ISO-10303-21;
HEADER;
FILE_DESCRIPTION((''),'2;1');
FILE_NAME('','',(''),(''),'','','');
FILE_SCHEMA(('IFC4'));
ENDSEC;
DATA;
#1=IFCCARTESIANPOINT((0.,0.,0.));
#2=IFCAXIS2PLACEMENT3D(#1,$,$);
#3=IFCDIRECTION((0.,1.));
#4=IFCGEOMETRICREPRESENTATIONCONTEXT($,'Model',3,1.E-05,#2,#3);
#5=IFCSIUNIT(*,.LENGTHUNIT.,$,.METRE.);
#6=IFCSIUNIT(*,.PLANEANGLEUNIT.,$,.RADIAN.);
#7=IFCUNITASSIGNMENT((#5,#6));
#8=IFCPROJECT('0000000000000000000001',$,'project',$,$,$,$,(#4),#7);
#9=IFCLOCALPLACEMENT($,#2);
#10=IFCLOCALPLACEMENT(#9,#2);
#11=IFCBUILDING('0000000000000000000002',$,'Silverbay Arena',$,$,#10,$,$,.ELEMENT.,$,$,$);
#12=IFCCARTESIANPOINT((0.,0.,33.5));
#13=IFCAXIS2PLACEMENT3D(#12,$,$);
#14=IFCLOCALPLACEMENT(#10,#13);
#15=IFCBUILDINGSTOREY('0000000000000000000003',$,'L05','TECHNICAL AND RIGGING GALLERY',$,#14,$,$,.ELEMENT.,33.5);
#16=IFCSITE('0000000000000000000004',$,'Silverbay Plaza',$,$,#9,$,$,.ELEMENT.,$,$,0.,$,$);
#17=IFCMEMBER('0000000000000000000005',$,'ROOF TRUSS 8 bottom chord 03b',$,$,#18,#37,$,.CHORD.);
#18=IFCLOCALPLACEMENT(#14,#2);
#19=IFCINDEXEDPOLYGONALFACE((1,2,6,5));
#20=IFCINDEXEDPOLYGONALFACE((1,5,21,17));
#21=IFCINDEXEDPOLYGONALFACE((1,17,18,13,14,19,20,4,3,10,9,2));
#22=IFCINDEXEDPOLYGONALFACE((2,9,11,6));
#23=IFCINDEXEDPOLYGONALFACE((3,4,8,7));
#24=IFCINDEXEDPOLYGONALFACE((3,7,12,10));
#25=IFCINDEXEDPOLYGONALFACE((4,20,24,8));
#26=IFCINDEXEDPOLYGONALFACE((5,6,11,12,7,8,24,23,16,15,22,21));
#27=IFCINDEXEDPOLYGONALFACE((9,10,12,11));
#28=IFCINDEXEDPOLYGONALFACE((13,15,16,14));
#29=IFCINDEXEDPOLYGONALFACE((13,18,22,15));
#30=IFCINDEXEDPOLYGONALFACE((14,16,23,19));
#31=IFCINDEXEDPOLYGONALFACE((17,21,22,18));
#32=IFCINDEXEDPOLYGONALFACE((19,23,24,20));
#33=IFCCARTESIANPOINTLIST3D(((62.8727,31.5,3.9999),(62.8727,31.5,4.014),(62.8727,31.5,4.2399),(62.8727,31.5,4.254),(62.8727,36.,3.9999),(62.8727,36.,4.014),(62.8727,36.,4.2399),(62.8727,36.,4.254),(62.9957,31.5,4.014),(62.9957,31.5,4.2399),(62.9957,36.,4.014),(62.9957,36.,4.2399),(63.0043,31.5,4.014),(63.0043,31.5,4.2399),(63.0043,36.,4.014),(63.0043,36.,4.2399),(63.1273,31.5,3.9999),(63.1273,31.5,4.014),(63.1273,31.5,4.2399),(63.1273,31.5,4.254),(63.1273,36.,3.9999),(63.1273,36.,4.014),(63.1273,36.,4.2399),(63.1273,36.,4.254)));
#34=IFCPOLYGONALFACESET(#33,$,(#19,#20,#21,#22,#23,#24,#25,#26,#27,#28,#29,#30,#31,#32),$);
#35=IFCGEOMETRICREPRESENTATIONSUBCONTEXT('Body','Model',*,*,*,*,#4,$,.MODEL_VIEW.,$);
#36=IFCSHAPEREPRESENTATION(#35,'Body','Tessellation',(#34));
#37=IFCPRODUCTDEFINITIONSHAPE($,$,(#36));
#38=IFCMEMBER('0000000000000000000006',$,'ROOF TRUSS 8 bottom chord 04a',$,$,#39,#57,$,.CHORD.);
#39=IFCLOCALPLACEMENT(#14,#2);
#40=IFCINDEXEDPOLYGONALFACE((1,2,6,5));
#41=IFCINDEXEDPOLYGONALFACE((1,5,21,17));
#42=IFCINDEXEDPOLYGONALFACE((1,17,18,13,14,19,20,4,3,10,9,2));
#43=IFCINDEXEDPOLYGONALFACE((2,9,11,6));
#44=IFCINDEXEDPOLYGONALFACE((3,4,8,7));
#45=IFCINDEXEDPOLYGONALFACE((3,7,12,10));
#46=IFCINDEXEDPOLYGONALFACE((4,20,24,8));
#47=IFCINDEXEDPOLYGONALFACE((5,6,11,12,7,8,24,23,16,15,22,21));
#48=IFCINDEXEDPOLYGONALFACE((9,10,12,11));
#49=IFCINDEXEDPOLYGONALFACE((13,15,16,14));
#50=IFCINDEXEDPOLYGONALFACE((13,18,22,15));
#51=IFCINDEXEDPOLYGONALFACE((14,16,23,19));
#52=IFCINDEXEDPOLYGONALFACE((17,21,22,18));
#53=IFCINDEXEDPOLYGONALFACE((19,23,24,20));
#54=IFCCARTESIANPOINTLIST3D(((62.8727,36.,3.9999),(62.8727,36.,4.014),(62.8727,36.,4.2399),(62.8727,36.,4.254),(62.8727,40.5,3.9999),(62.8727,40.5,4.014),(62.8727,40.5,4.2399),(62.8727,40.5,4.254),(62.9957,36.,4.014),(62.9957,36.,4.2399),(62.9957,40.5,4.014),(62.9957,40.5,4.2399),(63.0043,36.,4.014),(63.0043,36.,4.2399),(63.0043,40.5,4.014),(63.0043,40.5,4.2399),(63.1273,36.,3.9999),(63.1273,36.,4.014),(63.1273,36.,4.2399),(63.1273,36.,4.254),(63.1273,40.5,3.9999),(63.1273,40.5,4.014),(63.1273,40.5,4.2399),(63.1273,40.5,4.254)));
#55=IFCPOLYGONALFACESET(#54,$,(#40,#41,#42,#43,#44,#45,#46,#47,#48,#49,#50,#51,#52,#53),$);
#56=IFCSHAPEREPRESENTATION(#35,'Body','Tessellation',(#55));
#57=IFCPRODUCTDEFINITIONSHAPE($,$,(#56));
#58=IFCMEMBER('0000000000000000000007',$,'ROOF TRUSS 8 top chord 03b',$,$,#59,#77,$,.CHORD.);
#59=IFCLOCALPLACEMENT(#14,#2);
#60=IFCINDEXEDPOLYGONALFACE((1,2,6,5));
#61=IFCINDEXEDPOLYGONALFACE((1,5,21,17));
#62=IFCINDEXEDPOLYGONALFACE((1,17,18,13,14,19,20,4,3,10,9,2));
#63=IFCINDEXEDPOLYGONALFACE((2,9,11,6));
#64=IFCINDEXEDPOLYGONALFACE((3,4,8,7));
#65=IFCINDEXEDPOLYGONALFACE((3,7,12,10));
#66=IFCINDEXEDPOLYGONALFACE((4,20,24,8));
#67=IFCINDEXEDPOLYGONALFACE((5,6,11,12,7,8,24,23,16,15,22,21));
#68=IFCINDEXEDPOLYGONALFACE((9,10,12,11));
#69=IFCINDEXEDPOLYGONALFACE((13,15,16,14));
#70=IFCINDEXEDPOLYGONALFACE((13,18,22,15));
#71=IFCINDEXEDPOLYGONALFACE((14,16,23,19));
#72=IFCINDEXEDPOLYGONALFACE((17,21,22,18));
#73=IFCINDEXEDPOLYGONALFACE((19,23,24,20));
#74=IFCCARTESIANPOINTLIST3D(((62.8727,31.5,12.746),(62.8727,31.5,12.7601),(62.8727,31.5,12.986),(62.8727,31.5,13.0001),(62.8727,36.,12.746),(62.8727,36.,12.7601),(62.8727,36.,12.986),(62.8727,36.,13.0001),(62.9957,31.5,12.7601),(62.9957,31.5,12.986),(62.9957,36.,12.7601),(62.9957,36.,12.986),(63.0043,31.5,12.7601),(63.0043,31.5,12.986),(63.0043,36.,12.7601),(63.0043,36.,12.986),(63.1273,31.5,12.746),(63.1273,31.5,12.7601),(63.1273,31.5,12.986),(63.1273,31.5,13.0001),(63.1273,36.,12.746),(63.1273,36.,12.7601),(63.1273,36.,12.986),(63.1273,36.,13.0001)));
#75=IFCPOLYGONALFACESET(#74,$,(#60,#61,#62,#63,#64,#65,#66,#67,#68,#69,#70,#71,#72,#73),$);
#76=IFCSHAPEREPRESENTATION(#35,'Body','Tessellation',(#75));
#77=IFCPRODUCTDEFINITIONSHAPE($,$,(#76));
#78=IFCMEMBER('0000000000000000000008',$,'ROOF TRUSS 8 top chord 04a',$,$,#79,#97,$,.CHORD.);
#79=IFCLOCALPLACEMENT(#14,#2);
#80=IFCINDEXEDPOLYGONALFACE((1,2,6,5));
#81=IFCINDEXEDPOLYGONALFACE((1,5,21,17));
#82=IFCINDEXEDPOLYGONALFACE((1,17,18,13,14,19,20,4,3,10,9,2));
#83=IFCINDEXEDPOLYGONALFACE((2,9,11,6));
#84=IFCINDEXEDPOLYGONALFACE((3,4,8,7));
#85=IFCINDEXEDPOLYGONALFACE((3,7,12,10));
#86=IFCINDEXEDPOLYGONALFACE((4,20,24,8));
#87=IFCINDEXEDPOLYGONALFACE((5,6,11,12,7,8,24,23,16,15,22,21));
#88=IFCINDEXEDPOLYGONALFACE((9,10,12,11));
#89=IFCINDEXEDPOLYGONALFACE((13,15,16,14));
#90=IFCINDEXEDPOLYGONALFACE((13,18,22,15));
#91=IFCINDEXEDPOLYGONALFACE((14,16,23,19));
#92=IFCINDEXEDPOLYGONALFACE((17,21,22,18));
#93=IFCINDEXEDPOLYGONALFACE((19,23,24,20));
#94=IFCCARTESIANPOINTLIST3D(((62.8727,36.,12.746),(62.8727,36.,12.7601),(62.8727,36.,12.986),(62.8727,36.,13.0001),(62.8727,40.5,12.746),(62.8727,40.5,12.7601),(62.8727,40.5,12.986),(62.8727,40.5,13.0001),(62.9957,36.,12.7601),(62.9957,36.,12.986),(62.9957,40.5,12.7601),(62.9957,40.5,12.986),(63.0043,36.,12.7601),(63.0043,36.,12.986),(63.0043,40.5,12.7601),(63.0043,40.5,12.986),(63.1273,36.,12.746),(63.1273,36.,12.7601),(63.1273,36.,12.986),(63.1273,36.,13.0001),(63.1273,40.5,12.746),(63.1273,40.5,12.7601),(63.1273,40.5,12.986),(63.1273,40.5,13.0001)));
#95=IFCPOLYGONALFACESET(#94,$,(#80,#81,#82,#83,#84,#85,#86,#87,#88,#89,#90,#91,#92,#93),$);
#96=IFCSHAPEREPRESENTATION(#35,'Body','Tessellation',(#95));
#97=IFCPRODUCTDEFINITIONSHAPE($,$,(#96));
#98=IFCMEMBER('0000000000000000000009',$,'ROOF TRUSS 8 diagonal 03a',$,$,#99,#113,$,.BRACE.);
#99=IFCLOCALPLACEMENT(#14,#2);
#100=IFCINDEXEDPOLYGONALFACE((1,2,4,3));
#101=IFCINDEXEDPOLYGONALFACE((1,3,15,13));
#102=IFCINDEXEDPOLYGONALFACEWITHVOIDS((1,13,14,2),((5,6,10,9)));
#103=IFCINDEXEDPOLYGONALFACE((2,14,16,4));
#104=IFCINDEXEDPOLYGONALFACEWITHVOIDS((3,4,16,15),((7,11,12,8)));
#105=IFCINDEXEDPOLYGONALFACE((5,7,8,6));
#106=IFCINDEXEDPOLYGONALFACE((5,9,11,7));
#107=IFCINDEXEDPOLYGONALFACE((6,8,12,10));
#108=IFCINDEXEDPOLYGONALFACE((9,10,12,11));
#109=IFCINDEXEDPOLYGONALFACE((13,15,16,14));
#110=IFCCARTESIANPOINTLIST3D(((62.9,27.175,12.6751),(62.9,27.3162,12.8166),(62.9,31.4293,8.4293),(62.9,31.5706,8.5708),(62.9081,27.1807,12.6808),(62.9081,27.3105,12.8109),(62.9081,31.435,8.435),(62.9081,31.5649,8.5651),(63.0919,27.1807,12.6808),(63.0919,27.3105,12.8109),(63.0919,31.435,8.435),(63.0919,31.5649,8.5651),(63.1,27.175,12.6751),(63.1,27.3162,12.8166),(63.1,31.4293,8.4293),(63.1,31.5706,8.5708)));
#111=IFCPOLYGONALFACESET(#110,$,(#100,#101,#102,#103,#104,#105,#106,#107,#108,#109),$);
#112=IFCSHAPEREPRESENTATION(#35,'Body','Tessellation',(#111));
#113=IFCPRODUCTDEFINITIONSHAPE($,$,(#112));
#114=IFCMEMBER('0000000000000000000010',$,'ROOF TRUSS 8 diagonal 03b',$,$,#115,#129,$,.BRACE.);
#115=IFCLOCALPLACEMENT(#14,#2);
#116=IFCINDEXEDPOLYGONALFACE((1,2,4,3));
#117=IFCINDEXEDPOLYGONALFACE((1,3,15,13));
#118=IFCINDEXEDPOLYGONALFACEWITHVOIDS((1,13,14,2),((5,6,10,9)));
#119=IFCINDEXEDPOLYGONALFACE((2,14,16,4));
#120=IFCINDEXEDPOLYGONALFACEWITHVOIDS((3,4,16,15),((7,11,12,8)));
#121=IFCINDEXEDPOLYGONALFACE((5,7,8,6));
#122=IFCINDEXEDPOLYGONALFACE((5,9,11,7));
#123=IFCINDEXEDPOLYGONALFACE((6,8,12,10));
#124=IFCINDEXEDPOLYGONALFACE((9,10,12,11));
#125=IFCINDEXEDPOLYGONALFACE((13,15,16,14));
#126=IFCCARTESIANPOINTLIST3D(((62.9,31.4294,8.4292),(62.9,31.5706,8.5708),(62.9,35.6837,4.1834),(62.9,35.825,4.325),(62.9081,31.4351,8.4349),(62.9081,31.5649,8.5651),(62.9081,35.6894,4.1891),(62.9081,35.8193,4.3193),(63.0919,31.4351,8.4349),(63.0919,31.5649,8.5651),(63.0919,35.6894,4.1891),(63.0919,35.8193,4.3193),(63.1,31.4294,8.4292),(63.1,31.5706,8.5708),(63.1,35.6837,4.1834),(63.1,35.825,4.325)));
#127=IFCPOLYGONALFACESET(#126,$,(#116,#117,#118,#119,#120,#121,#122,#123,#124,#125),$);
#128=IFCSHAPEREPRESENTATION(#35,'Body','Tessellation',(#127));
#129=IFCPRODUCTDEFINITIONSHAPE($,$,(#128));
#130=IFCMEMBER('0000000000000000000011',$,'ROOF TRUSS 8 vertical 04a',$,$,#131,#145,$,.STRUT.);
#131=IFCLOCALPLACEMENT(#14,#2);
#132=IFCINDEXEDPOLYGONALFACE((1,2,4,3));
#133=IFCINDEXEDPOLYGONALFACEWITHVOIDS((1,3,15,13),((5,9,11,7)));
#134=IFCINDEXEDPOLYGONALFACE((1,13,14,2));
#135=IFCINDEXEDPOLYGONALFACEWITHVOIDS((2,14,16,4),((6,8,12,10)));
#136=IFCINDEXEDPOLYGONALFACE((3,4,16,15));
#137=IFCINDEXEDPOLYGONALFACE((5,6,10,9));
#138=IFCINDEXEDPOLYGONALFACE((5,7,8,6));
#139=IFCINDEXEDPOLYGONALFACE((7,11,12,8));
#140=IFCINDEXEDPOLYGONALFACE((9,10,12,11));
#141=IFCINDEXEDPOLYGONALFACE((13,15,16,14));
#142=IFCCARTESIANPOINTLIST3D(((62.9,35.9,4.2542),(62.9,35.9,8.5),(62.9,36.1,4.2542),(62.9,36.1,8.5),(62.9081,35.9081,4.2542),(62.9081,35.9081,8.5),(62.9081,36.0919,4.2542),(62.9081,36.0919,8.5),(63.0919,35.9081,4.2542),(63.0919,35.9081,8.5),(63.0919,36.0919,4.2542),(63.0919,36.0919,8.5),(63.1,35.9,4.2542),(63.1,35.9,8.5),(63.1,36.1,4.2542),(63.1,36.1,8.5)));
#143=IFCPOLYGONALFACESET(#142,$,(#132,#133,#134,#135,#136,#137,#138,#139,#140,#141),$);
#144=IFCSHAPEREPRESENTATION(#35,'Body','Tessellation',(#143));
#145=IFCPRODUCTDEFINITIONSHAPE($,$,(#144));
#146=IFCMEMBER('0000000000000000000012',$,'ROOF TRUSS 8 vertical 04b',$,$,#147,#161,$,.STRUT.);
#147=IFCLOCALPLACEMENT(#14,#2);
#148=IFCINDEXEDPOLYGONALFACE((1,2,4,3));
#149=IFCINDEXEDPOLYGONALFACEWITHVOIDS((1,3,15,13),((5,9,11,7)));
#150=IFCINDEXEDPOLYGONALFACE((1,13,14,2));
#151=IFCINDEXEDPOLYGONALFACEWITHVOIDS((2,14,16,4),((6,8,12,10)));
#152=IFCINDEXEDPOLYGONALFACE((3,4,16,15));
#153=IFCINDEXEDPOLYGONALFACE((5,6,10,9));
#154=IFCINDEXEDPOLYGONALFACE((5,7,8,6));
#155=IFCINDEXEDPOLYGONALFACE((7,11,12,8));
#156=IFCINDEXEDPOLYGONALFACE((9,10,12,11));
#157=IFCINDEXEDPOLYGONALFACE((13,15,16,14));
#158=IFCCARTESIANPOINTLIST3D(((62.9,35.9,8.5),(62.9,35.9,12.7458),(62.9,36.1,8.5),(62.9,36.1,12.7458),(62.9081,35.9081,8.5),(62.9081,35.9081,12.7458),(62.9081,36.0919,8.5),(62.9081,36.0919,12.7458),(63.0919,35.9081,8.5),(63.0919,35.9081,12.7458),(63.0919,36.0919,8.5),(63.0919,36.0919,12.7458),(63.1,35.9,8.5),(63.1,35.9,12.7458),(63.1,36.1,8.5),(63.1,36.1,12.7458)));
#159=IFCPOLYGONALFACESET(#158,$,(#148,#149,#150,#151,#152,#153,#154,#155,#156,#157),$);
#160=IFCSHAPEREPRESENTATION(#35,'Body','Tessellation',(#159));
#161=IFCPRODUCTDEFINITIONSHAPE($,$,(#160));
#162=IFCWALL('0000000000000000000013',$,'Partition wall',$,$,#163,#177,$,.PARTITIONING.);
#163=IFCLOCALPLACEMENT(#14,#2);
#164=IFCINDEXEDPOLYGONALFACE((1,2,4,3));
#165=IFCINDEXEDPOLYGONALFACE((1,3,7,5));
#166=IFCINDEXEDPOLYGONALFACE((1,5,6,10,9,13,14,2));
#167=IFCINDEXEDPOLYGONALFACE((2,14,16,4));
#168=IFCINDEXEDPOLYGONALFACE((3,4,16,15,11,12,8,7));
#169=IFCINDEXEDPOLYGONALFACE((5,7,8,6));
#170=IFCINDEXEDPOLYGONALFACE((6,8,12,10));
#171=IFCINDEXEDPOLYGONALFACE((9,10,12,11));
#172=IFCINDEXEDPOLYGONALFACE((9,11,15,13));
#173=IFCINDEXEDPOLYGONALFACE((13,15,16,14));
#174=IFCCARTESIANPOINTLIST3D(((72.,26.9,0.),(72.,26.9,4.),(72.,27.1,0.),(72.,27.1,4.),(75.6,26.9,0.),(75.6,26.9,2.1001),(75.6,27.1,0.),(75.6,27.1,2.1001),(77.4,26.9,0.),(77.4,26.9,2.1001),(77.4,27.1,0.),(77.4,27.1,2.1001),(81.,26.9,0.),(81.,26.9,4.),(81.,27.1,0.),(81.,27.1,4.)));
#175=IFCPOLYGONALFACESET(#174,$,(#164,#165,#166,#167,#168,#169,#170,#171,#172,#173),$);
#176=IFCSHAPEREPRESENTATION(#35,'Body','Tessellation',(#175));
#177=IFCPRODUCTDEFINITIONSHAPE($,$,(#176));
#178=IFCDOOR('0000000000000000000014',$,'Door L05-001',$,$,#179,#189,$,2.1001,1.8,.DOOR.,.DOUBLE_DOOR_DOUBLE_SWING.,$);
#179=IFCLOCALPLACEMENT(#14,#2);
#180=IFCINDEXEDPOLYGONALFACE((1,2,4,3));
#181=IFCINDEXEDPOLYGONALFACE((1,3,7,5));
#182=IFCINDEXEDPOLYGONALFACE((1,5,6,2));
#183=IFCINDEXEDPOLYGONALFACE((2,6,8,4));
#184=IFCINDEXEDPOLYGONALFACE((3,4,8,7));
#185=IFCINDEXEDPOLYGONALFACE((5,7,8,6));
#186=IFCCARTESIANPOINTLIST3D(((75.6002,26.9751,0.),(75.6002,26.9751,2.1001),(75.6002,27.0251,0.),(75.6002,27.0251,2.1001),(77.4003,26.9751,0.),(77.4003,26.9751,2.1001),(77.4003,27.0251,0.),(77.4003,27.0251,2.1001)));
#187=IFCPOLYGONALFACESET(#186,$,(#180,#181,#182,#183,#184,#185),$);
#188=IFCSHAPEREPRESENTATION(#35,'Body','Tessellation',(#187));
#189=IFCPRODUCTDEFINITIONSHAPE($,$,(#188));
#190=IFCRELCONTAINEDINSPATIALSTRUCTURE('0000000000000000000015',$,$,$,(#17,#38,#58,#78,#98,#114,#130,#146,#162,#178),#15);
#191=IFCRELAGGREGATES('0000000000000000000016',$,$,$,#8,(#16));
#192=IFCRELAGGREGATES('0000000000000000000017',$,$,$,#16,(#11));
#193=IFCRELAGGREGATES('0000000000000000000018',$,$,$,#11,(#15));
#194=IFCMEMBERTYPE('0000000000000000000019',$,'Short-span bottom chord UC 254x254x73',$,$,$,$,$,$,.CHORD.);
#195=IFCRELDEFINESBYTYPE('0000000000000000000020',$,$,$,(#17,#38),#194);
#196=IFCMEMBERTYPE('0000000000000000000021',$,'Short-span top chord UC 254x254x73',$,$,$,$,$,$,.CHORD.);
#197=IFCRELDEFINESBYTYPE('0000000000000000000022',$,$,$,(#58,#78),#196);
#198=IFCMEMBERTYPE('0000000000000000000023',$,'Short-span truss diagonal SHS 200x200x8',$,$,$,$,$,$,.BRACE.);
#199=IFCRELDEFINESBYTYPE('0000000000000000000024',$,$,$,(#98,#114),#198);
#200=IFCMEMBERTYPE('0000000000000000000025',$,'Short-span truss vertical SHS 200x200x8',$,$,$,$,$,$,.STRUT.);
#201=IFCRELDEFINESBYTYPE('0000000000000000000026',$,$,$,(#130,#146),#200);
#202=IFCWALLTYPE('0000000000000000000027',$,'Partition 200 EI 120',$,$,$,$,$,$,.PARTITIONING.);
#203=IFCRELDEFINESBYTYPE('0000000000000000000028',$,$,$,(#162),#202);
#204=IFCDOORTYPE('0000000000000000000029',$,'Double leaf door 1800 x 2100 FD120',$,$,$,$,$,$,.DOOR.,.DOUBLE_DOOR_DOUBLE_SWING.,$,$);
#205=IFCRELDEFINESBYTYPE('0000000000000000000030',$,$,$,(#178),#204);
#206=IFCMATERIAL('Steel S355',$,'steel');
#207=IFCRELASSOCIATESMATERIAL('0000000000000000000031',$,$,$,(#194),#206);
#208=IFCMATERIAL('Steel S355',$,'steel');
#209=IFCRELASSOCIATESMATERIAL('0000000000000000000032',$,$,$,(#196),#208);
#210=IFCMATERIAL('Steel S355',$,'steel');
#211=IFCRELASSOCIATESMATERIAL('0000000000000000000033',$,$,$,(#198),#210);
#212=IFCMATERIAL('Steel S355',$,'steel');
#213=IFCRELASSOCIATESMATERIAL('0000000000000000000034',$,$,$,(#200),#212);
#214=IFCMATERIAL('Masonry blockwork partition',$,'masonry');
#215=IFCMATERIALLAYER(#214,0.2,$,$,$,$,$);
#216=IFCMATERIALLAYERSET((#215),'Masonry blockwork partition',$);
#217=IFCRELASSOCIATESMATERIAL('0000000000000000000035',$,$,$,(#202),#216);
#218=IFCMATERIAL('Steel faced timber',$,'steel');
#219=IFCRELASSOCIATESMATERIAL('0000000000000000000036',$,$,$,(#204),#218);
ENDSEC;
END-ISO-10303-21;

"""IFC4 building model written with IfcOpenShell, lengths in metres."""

from ifc_helpers import new_model, si_unit, direction, frame, frame_2d, origin, origin_2d, place, context, subcontext, project, spatial, rectangle, hollow_rectangle, i_section, extrude, material, layer, layer_set, material_profile, profile_set, type_object, element, fill, save


model = new_model("IFC4")

# Units and contexts
model_context = context("Model", 3, precision=1e-05, world=origin(), true_north=direction((0.0, 1.0)))
body_context = subcontext(model_context, "Body", "Model", "MODEL_VIEW")
ifc_project = project(units=[si_unit("LENGTHUNIT", "METRE"), si_unit("PLANEANGLEUNIT", "RADIAN")], contexts=[model_context])

# Site, building, storey
site_placement = place(None, origin())
site = spatial("IfcSite", under=ifc_project, at=site_placement, Name="Silverbay Plaza", CompositionType="ELEMENT", RefElevation=0.0)
building_placement = place(site_placement, origin())
building = spatial("IfcBuilding", under=site, at=building_placement, Name="Silverbay Arena", CompositionType="ELEMENT")
storey_placement = place(building_placement, frame((0.0, 0.0, 33.5)))
storey = spatial("IfcBuildingStorey", under=building, at=storey_placement, Name="L05", Description="TECHNICAL AND RIGGING GALLERY", CompositionType="ELEMENT", Elevation=33.5)

# Members
ifc_material_1 = material(Name="Steel S355", Category="steel")
ifc_material_profile_1 = material_profile(ifc_material_1, i_section(OverallWidth=0.2546, OverallDepth=0.2542, WebThickness=0.0085, FlangeThickness=0.0142, at=origin_2d()), Name="UC 254x254x73")
ifc_profile_set_1 = profile_set([ifc_material_profile_1], Name="Steel S355")
member_type_1 = type_object("IfcMemberType", Name="Short-span bottom chord UC 254x254x73", PredefinedType="CHORD", material=ifc_profile_set_1)
for number, where, z_axis, x_axis, name in (
    (1, (63.0, 31.5, 4.127), (0.0, 1.0, 0.0), (-1.0, 0.0, 0.0), "ROOF TRUSS 8 bottom chord 03b"),
    (2, (63.0, 36.0, 4.127), (0.0, 1.0, 0.0), (-1.0, 0.0, 0.0), "ROOF TRUSS 8 bottom chord 04a"),
):
    element("IfcMember", number, at=place(storey_placement, frame(where, z_axis=z_axis, x_axis=x_axis)), inside=storey, type_object=member_type_1, Name=name, PredefinedType="CHORD", context=body_context, shape_type="SweptSolid", body=[
        extrude(i_section(OverallWidth=0.2546, OverallDepth=0.2542, WebThickness=0.0085, FlangeThickness=0.0142, at=origin_2d()), origin(), (0.0, 0.0, 1.0), 4.5),
    ])
ifc_material_2 = material(Name="Steel S355", Category="steel")
ifc_material_profile_2 = material_profile(ifc_material_2, i_section(OverallWidth=0.2546, OverallDepth=0.2542, WebThickness=0.0085, FlangeThickness=0.0142, at=origin_2d()), Name="UC 254x254x73")
ifc_profile_set_2 = profile_set([ifc_material_profile_2], Name="Steel S355")
member_type_2 = type_object("IfcMemberType", Name="Short-span top chord UC 254x254x73", PredefinedType="CHORD", material=ifc_profile_set_2)
for number, where, z_axis, x_axis, name in (
    (3, (63.0, 31.5, 12.873), (0.0, 1.0, 0.0), (-1.0, 0.0, 0.0), "ROOF TRUSS 8 top chord 03b"),
    (4, (63.0, 36.0, 12.873), (0.0, 1.0, 0.0), (-1.0, 0.0, 0.0), "ROOF TRUSS 8 top chord 04a"),
):
    element("IfcMember", number, at=place(storey_placement, frame(where, z_axis=z_axis, x_axis=x_axis)), inside=storey, type_object=member_type_2, Name=name, PredefinedType="CHORD", context=body_context, shape_type="SweptSolid", body=[
        extrude(i_section(OverallWidth=0.2546, OverallDepth=0.2542, WebThickness=0.0085, FlangeThickness=0.0142, at=origin_2d()), origin(), (0.0, 0.0, 1.0), 4.5),
    ])
ifc_material_3 = material(Name="Steel S355", Category="steel")
ifc_material_profile_3 = material_profile(ifc_material_3, hollow_rectangle(XDim=0.2, YDim=0.2, WallThickness=0.0081, at=origin_2d()), Name="SHS 200x200x8")
ifc_profile_set_3 = profile_set([ifc_material_profile_3], Name="Steel S355")
member_type_3 = type_object("IfcMemberType", Name="Short-span truss diagonal SHS 200x200x8", PredefinedType="BRACE", material=ifc_profile_set_3)
for number, where, z_axis, x_axis, name in (
    (5, (63.0, 27.2456, 12.7458), (0.0, 0.707817, -0.706396), (-1.0, 0.0, 0.0), "ROOF TRUSS 8 diagonal 03a"),
    (6, (63.0, 31.5, 8.5), (0.0, 0.707817, -0.706396), (-1.0, 0.0, 0.0), "ROOF TRUSS 8 diagonal 03b"),
):
    element("IfcMember", number, at=place(storey_placement, frame(where, z_axis=z_axis, x_axis=x_axis)), inside=storey, type_object=member_type_3, Name=name, PredefinedType="BRACE", context=body_context, shape_type="SweptSolid", body=[
        extrude(hollow_rectangle(XDim=0.2, YDim=0.2, WallThickness=0.0081, at=origin_2d()), origin(), (0.0, 0.0, 1.0), 6.0105),
    ])
ifc_material_4 = material(Name="Steel S355", Category="steel")
ifc_material_profile_4 = material_profile(ifc_material_4, hollow_rectangle(XDim=0.2, YDim=0.2, WallThickness=0.0081, at=origin_2d()), Name="SHS 200x200x8")
ifc_profile_set_4 = profile_set([ifc_material_profile_4], Name="Steel S355")
member_type_4 = type_object("IfcMemberType", Name="Short-span truss vertical SHS 200x200x8", PredefinedType="STRUT", material=ifc_profile_set_4)
for number, where, z_axis, x_axis, name in (
    (7, (63.0, 36.0, 4.2542), (0.0, 0.0, 1.0), (1.0, 0.0, 0.0), "ROOF TRUSS 8 vertical 04a"),
    (8, (63.0, 36.0, 8.5), (0.0, 0.0, 1.0), (1.0, 0.0, 0.0), "ROOF TRUSS 8 vertical 04b"),
):
    element("IfcMember", number, at=place(storey_placement, frame(where, z_axis=z_axis, x_axis=x_axis)), inside=storey, type_object=member_type_4, Name=name, PredefinedType="STRUT", context=body_context, shape_type="SweptSolid", body=[
        extrude(hollow_rectangle(XDim=0.2, YDim=0.2, WallThickness=0.0081, at=origin_2d()), origin(), (0.0, 0.0, 1.0), 4.2458),
    ])

# Wall, opening, door
ifc_material_5 = material(Name="Masonry blockwork partition", Category="masonry")
ifc_layer = layer(ifc_material_5, 0.2)
ifc_layer_set = layer_set([ifc_layer], Name="Masonry blockwork partition")
wall_type = type_object("IfcWallType", Name="Partition 200 EI 120", PredefinedType="PARTITIONING", material=ifc_layer_set)
wall_1_placement = place(storey_placement, frame((72.0, 27.0, 0.0), z_axis=(0.0, 0.0, 1.0), x_axis=(1.0, 0.0, 0.0)))
wall_1 = element("IfcWall", 9, at=wall_1_placement, inside=storey, type_object=wall_type, Name="Partition wall", PredefinedType="PARTITIONING", context=body_context, shape_type="SweptSolid", body=[
    extrude(rectangle(XDim=9.0, YDim=0.2, at=frame_2d((4.5, 0.0))), origin(), (0.0, 0.0, 1.0), 4.0),
])
opening_placement = place(wall_1_placement, frame((3.6001, 0.0, 0.0)))
opening = element("IfcOpeningElement", 10, at=opening_placement, cuts=wall_1, PredefinedType="OPENING", context=body_context, shape_type="SweptSolid", body=[
    extrude(rectangle(XDim=1.8, YDim=2.1001, at=frame_2d((0.8999, 1.05))), frame((0.0, 0.1099, 0.0), z_axis=(0.0, -1.0, 0.0), x_axis=(1.0, 0.0, 0.0)), (0.0, 0.0, 1.0), 0.22),
])
ifc_material_6 = material(Name="Steel faced timber", Category="steel")
door_type = type_object("IfcDoorType", Name="Double leaf door 1800 x 2100 FD120", OperationType="DOUBLE_DOOR_DOUBLE_SWING", PredefinedType="DOOR", material=ifc_material_6)
door_placement = place(opening_placement, frame((1.8, 0.0, 0.0), z_axis=(0.0, 0.0, 1.0), x_axis=(-1.0, 0.0, 0.0)))
door = element("IfcDoor", 11, at=door_placement, inside=storey, type_object=door_type, Name="Door L05-001", OperationType="DOUBLE_DOOR_DOUBLE_SWING", OverallHeight=2.1001, OverallWidth=1.8, PredefinedType="DOOR", context=body_context, shape_type="SweptSolid", body=[
    extrude(rectangle(XDim=1.8, YDim=2.1001, at=frame_2d((0.8999, 1.05))), frame((0.0, 0.0249, 0.0), z_axis=(0.0, -1.0, 0.0), x_axis=(1.0, 0.0, 0.0)), (0.0, 0.0, 1.0), 0.05),
])
fill(opening, door)

save(model, "model.ifc")
